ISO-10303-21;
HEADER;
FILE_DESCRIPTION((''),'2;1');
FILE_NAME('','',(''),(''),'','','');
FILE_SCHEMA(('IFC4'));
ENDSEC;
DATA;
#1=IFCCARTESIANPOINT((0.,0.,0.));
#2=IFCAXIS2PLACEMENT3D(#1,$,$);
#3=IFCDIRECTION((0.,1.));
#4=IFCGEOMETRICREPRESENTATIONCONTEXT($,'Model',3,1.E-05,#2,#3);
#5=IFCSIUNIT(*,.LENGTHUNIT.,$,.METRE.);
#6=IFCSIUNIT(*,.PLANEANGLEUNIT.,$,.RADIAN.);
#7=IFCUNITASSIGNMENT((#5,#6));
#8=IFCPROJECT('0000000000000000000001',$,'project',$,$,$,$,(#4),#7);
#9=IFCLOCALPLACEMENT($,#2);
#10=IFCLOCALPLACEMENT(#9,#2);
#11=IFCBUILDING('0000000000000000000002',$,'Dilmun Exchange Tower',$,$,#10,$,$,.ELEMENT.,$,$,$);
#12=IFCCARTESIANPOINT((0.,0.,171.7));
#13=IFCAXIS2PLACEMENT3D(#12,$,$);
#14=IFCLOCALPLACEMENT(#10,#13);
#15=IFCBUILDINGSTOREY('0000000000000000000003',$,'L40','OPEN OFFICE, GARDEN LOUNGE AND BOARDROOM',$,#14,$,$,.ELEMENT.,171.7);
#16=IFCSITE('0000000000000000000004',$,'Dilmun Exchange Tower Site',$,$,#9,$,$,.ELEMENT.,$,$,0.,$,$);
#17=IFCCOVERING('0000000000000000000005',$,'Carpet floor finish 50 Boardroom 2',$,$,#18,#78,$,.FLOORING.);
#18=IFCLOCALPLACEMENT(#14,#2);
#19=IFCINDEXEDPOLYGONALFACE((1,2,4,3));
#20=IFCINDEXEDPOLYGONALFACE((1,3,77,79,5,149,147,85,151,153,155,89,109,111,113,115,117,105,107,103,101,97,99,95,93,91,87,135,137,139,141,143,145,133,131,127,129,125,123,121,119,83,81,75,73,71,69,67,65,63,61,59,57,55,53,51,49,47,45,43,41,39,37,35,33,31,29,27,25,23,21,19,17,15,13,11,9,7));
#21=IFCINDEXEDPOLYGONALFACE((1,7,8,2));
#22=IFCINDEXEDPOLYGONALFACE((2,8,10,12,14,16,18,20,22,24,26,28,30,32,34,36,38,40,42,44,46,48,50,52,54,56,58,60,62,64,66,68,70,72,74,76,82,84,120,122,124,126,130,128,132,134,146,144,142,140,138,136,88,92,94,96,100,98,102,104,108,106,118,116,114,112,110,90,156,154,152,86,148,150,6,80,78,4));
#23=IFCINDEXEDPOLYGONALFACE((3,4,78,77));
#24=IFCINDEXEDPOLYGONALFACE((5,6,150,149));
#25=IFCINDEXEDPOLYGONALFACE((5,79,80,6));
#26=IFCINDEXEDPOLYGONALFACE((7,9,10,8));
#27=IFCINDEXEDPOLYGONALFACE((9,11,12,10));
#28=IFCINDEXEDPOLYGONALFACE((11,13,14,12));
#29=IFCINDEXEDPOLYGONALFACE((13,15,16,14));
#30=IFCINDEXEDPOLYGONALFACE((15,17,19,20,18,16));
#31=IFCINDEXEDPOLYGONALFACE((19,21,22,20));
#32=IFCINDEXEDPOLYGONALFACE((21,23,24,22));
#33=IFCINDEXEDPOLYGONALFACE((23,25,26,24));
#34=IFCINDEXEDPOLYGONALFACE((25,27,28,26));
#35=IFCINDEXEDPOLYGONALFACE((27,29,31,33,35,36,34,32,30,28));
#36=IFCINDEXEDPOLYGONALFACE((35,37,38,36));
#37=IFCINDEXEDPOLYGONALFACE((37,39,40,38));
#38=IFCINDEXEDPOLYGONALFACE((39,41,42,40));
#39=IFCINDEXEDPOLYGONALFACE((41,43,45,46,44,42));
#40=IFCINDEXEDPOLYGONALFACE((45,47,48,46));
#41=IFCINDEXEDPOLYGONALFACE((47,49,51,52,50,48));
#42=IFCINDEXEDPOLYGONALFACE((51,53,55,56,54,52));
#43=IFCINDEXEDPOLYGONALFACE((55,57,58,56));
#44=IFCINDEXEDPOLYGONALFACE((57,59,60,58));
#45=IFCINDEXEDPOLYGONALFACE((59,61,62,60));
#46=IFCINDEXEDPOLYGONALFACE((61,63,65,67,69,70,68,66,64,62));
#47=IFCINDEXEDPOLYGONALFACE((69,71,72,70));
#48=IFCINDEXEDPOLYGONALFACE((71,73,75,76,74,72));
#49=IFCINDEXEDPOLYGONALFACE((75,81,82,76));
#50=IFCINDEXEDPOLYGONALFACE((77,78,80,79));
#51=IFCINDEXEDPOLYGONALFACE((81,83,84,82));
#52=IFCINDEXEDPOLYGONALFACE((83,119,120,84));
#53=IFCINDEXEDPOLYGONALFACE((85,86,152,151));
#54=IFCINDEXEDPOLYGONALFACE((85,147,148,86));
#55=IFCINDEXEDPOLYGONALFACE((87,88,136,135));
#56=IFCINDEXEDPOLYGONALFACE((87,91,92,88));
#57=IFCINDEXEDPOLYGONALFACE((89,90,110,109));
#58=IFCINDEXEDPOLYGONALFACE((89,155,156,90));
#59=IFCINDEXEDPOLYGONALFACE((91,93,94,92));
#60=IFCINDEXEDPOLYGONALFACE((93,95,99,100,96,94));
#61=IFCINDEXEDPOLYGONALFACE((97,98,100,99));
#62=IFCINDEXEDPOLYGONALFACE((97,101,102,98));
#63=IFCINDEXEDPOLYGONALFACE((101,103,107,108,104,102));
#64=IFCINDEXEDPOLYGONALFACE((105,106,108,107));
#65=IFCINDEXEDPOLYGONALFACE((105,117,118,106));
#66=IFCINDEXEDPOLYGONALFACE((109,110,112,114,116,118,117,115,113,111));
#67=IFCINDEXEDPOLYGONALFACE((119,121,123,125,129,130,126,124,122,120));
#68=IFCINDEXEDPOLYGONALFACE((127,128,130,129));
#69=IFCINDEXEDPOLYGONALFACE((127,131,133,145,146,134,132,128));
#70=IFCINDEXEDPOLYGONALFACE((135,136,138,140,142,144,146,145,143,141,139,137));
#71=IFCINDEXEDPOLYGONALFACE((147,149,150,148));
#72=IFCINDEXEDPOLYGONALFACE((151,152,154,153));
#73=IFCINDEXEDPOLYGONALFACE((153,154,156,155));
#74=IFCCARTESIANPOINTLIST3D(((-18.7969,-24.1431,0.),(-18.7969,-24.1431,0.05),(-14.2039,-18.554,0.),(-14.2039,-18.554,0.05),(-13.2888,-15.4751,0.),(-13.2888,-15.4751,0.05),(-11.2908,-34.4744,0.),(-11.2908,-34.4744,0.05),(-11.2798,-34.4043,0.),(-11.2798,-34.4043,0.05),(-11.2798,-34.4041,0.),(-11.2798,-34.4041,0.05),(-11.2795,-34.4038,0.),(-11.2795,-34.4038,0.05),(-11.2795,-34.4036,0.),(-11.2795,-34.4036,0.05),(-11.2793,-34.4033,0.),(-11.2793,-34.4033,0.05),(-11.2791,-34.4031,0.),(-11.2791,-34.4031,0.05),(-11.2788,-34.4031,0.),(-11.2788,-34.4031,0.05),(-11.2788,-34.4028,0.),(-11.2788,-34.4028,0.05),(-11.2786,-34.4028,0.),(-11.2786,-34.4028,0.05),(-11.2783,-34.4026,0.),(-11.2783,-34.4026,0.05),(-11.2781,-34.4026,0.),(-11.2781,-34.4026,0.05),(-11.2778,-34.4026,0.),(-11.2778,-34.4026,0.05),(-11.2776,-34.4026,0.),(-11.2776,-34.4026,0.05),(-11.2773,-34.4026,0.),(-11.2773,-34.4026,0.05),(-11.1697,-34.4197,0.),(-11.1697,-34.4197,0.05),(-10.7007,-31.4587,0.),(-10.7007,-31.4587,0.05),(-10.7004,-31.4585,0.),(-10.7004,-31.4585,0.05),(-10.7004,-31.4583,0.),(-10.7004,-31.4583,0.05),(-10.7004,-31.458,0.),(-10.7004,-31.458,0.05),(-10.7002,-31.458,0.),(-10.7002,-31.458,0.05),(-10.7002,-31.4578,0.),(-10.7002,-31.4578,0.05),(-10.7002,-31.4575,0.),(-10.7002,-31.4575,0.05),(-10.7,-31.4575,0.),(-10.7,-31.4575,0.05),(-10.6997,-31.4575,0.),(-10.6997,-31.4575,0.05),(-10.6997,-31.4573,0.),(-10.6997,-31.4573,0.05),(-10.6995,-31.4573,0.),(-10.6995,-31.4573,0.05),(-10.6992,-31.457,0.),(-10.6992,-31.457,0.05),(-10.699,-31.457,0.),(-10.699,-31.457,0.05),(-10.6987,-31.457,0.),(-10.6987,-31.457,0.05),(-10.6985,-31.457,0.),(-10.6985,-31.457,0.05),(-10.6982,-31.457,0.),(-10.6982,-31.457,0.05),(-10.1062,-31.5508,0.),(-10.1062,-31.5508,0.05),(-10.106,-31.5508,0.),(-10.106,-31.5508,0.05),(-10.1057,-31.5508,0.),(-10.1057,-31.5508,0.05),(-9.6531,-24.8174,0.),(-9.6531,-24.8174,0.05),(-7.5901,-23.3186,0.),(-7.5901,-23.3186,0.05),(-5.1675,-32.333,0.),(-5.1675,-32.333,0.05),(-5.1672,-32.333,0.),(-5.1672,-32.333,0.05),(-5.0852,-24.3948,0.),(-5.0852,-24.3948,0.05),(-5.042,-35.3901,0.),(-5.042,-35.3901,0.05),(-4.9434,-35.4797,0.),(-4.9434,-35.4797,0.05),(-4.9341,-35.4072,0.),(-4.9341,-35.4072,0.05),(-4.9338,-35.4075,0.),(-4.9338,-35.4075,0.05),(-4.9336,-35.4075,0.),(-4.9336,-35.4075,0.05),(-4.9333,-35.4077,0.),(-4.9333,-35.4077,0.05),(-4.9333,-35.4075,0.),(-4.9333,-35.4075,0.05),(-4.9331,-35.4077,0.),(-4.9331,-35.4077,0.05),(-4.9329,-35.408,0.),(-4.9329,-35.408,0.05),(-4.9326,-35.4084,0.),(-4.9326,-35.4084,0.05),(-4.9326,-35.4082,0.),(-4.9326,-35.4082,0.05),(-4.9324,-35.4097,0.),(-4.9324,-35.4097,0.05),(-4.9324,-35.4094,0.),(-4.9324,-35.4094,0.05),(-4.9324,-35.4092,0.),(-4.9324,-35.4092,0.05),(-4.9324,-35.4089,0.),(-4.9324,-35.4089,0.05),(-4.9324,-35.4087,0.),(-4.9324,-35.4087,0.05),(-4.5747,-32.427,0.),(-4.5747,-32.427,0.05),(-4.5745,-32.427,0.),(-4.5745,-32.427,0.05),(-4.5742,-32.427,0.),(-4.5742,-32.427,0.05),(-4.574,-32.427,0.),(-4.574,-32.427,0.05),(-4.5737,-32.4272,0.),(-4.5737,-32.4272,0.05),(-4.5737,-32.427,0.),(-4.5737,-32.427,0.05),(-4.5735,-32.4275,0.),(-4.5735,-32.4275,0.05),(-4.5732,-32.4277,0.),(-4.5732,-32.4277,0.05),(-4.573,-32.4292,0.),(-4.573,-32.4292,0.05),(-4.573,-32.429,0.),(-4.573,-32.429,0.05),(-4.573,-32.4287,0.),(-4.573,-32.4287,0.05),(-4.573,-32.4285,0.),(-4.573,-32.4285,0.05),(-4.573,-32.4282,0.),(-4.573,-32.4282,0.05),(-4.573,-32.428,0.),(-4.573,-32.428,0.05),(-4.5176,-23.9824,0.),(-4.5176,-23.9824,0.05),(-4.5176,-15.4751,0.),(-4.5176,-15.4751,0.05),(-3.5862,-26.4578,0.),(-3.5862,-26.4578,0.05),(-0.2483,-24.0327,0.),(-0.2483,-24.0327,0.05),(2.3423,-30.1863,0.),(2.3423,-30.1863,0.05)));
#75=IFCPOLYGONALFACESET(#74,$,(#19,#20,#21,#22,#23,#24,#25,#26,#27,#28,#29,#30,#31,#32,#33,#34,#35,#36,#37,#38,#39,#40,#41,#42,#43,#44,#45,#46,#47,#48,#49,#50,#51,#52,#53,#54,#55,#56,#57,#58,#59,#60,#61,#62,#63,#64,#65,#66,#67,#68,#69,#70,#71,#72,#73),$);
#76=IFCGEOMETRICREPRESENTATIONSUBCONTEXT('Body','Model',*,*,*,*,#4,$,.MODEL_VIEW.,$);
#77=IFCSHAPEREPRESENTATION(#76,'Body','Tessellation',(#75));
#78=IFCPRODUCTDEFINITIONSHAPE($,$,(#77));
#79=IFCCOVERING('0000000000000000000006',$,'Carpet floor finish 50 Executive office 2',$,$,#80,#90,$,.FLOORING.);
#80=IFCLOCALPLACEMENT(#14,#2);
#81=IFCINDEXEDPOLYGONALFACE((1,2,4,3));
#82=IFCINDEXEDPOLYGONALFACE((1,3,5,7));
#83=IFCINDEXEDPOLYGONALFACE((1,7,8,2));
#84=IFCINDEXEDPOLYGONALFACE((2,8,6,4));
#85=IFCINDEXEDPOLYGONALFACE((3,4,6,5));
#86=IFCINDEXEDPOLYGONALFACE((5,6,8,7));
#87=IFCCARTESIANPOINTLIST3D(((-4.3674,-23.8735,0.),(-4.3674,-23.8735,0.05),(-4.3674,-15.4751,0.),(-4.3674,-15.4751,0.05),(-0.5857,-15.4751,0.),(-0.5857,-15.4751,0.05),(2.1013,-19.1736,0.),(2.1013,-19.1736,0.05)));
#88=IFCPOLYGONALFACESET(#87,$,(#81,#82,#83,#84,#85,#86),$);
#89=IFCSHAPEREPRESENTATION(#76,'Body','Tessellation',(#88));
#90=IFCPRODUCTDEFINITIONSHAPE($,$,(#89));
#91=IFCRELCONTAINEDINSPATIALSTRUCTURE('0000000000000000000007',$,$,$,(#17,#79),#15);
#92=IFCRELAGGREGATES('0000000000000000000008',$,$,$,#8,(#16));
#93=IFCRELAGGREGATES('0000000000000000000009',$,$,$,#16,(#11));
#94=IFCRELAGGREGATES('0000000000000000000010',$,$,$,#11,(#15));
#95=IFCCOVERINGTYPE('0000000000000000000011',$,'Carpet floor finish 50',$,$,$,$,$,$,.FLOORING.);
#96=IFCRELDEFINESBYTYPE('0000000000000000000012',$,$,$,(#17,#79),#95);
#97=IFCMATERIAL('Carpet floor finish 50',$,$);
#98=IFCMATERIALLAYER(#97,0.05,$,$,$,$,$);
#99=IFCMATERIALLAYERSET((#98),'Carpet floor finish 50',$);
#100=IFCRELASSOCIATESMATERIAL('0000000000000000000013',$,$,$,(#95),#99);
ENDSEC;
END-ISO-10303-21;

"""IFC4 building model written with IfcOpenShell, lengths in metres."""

from ifc_helpers import new_model, si_unit, direction, frame, origin, place, context, subcontext, project, spatial, polyline, outline, extrude, material, layer, layer_set, type_object, element, save


model = new_model("IFC4")

# Units and contexts
model_context = context("Model", 3, precision=1e-05, world=origin(), true_north=direction((0.0, 1.0)))
body_context = subcontext(model_context, "Body", "Model", "MODEL_VIEW")
ifc_project = project(units=[si_unit("LENGTHUNIT", "METRE"), si_unit("PLANEANGLEUNIT", "RADIAN")], contexts=[model_context])

# Site, building, storey
site_placement = place(None, origin())
site = spatial("IfcSite", under=ifc_project, at=site_placement, Name="Dilmun Exchange Tower Site", CompositionType="ELEMENT", RefElevation=0.0)
building_placement = place(site_placement, origin())
building = spatial("IfcBuilding", under=site, at=building_placement, Name="Dilmun Exchange Tower", CompositionType="ELEMENT")
storey_placement = place(building_placement, frame((0.0, 0.0, 171.7)))
storey = spatial("IfcBuildingStorey", under=building, at=storey_placement, Name="L40", Description="OPEN OFFICE, GARDEN LOUNGE AND BOARDROOM", CompositionType="ELEMENT", Elevation=171.7)

# Coverings
ifc_material_1 = material(Name="Carpet floor finish 50")
ifc_layer_1 = layer(ifc_material_1, 0.05)
ifc_layer_set_1 = layer_set([ifc_layer_1], Name="Carpet floor finish 50")
covering_type_1 = type_object("IfcCoveringType", Name="Carpet floor finish 50", PredefinedType="FLOORING", material=ifc_layer_set_1)
covering_1_placement = place(storey_placement, origin())
element("IfcCovering", 1, at=covering_1_placement, inside=storey, type_object=covering_type_1, Name="Carpet floor finish 50 Boardroom 2", PredefinedType="FLOORING", context=body_context, shape_type="SweptSolid", body=[
    extrude(outline(polyline([(-14.2039, -18.554), (-9.6531, -24.8174), (-7.5901, -23.3186), (-13.2888, -15.4751), (-4.5176, -15.4751), (-4.5176, -23.9824), (-5.0852, -24.3948), (-3.5862, -26.4578), (-0.2483, -24.0327), (2.3423, -30.1863), (-4.9434, -35.4797), (-4.9324, -35.4097), (-4.9324, -35.4094), (-4.9324, -35.4092), (-4.9324, -35.4089), (-4.9324, -35.4087), (-4.9324, -35.4087), (-4.9326, -35.4084), (-4.9326, -35.4082), (-4.9326, -35.4082), (-4.9329, -35.408), (-4.9331, -35.4077), (-4.9331, -35.4077), (-4.9333, -35.4077), (-4.9333, -35.4075), (-4.9336, -35.4075), (-4.9338, -35.4075), (-4.9341, -35.4072), (-5.042, -35.3901), (-4.573, -32.4292), (-4.573, -32.429), (-4.573, -32.4287), (-4.573, -32.4287), (-4.573, -32.4285), (-4.573, -32.4282), (-4.573, -32.428), (-4.5732, -32.4277), (-4.5732, -32.4277), (-4.5735, -32.4275), (-4.5735, -32.4275), (-4.5737, -32.4272), (-4.5737, -32.427), (-4.574, -32.427), (-4.5742, -32.427), (-4.5745, -32.427), (-4.5747, -32.427), (-5.1672, -32.333), (-5.1675, -32.333), (-5.1675, -32.333), (-10.1057, -31.5508), (-10.106, -31.5508), (-10.106, -31.5508), (-10.1062, -31.5508), (-10.6982, -31.457), (-10.6985, -31.457), (-10.6987, -31.457), (-10.699, -31.457), (-10.6992, -31.457), (-10.6992, -31.457), (-10.6995, -31.4573), (-10.6997, -31.4573), (-10.6997, -31.4575), (-10.7, -31.4575), (-10.7002, -31.4575), (-10.7002, -31.4578), (-10.7002, -31.458), (-10.7004, -31.458), (-10.7004, -31.4583), (-10.7004, -31.4585), (-10.7007, -31.4587), (-11.1697, -34.4197), (-11.2773, -34.4026), (-11.2776, -34.4026), (-11.2778, -34.4026), (-11.2781, -34.4026), (-11.2783, -34.4026), (-11.2783, -34.4026), (-11.2786, -34.4028), (-11.2788, -34.4028), (-11.2788, -34.4031), (-11.2791, -34.4031), (-11.2793, -34.4033), (-11.2793, -34.4033), (-11.2795, -34.4036), (-11.2795, -34.4038), (-11.2795, -34.4038), (-11.2798, -34.4041), (-11.2798, -34.4043), (-11.2908, -34.4744), (-18.7969, -24.1431), (-14.2039, -18.554)])), origin(), (0.0, 0.0, 1.0), 0.05),
])
covering_2_placement = place(storey_placement, origin())
element("IfcCovering", 2, at=covering_2_placement, inside=storey, type_object=covering_type_1, Name="Carpet floor finish 50 Executive office 2", PredefinedType="FLOORING", context=body_context, shape_type="SweptSolid", body=[
    extrude(outline(polyline([(-4.3674, -15.4751), (-0.5857, -15.4751), (2.1013, -19.1736), (-4.3674, -23.8735), (-4.3674, -15.4751)])), origin(), (0.0, 0.0, 1.0), 0.05),
])

save(model, "model.ifc")
